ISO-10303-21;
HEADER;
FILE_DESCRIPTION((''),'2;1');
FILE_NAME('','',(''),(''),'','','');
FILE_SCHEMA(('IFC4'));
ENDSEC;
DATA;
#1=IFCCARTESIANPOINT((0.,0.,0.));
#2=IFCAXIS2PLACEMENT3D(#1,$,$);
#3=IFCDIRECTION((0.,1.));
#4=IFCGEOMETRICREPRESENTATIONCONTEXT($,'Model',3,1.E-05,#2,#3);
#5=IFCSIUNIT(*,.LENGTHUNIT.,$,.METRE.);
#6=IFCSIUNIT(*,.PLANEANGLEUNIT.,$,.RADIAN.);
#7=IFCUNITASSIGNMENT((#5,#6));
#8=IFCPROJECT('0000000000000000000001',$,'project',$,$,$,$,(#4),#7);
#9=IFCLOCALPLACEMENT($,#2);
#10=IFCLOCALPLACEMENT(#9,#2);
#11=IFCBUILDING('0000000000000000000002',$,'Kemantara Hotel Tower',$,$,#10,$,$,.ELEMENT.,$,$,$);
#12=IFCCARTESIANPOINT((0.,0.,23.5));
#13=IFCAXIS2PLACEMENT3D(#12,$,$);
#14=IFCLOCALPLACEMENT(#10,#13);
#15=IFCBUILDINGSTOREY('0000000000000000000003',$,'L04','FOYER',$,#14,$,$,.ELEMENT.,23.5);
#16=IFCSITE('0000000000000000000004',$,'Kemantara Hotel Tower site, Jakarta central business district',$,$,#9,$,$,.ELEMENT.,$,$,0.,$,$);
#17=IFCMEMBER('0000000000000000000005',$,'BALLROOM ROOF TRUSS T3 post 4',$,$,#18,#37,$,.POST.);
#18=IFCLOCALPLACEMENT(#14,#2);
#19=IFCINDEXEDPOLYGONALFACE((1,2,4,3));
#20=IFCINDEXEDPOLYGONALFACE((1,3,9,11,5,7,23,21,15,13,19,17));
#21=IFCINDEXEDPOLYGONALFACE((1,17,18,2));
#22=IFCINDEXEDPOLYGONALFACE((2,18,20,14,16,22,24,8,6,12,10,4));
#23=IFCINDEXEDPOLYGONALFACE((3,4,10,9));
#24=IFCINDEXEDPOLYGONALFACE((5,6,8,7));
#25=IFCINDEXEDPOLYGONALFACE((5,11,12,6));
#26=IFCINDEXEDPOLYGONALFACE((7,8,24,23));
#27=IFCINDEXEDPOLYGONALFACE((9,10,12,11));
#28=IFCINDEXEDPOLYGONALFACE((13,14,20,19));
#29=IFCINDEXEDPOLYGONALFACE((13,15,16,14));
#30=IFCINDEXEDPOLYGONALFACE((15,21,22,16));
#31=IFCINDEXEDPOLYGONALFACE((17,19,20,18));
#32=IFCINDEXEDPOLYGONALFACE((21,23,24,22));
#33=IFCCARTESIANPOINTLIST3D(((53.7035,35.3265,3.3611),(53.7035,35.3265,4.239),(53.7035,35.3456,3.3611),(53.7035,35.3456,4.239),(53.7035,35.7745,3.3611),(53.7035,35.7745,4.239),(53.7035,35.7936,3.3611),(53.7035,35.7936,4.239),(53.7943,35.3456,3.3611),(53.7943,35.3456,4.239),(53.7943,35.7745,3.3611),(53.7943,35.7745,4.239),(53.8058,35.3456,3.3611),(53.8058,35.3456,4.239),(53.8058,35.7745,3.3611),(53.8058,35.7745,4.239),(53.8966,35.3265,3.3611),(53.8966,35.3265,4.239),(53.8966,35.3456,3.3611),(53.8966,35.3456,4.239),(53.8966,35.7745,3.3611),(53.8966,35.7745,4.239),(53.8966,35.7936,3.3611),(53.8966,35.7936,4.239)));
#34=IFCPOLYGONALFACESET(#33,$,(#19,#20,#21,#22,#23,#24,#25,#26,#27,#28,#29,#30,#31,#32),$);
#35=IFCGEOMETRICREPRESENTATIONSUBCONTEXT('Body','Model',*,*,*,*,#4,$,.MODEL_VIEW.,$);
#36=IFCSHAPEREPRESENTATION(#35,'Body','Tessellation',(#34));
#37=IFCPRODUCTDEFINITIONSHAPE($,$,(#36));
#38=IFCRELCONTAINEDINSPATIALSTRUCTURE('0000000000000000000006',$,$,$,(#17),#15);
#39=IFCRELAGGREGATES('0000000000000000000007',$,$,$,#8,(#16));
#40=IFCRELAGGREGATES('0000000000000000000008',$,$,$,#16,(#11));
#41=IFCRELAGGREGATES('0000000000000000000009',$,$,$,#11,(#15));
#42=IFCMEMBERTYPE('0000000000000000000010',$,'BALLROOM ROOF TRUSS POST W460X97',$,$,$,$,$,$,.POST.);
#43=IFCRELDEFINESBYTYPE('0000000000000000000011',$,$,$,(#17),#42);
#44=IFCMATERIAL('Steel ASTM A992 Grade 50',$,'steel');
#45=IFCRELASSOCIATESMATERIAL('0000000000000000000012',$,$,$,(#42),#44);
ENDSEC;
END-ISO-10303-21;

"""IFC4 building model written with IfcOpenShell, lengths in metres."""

from ifc_helpers import new_model, si_unit, direction, frame, origin, origin_2d, place, context, subcontext, project, spatial, i_section, extrude, material, material_profile, profile_set, type_object, element, save


model = new_model("IFC4")

# Units and contexts
model_context = context("Model", 3, precision=1e-05, world=origin(), true_north=direction((0.0, 1.0)))
body_context = subcontext(model_context, "Body", "Model", "MODEL_VIEW")
ifc_project = project(units=[si_unit("LENGTHUNIT", "METRE"), si_unit("PLANEANGLEUNIT", "RADIAN")], contexts=[model_context])

# Site, building, storey
site_placement = place(None, origin())
site = spatial("IfcSite", under=ifc_project, at=site_placement, Name="Kemantara Hotel Tower site, Jakarta central business district", CompositionType="ELEMENT", RefElevation=0.0)
building_placement = place(site_placement, origin())
building = spatial("IfcBuilding", under=site, at=building_placement, Name="Kemantara Hotel Tower", CompositionType="ELEMENT")
storey_placement = place(building_placement, frame((0.0, 0.0, 23.5)))
storey = spatial("IfcBuildingStorey", under=building, at=storey_placement, Name="L04", Description="FOYER", CompositionType="ELEMENT", Elevation=23.5)

# Shared definitions
ifc_material_1 = material(Name="Steel ASTM A992 Grade 50", Category="steel")

# Member
ifc_material_profile_1 = material_profile(ifc_material_1, i_section(OverallWidth=0.1931, OverallDepth=0.467, WebThickness=0.0115, FlangeThickness=0.019, at=origin_2d()), Name="W460X97")
ifc_profile_set_1 = profile_set([ifc_material_profile_1], Name="Steel ASTM A992 Grade 50")
member_type_1 = type_object("IfcMemberType", Name="BALLROOM ROOF TRUSS POST W460X97", PredefinedType="POST", material=ifc_profile_set_1)
for number, where, z_axis, x_axis, name in (
    (1, (53.8, 35.5601, 3.3611), (0.0, 0.0, 1.0), (1.0, 0.0, 0.0), "BALLROOM ROOF TRUSS T3 post 4"),
):
    element("IfcMember", number, at=place(storey_placement, frame(where, z_axis=z_axis, x_axis=x_axis)), inside=storey, type_object=member_type_1, Name=name, PredefinedType="POST", context=body_context, shape_type="SweptSolid", body=[
        extrude(i_section(OverallWidth=0.1931, OverallDepth=0.467, WebThickness=0.0115, FlangeThickness=0.019, at=origin_2d()), origin(), (0.0, 0.0, 1.0), 0.8779),
    ])

save(model, "model.ifc")
